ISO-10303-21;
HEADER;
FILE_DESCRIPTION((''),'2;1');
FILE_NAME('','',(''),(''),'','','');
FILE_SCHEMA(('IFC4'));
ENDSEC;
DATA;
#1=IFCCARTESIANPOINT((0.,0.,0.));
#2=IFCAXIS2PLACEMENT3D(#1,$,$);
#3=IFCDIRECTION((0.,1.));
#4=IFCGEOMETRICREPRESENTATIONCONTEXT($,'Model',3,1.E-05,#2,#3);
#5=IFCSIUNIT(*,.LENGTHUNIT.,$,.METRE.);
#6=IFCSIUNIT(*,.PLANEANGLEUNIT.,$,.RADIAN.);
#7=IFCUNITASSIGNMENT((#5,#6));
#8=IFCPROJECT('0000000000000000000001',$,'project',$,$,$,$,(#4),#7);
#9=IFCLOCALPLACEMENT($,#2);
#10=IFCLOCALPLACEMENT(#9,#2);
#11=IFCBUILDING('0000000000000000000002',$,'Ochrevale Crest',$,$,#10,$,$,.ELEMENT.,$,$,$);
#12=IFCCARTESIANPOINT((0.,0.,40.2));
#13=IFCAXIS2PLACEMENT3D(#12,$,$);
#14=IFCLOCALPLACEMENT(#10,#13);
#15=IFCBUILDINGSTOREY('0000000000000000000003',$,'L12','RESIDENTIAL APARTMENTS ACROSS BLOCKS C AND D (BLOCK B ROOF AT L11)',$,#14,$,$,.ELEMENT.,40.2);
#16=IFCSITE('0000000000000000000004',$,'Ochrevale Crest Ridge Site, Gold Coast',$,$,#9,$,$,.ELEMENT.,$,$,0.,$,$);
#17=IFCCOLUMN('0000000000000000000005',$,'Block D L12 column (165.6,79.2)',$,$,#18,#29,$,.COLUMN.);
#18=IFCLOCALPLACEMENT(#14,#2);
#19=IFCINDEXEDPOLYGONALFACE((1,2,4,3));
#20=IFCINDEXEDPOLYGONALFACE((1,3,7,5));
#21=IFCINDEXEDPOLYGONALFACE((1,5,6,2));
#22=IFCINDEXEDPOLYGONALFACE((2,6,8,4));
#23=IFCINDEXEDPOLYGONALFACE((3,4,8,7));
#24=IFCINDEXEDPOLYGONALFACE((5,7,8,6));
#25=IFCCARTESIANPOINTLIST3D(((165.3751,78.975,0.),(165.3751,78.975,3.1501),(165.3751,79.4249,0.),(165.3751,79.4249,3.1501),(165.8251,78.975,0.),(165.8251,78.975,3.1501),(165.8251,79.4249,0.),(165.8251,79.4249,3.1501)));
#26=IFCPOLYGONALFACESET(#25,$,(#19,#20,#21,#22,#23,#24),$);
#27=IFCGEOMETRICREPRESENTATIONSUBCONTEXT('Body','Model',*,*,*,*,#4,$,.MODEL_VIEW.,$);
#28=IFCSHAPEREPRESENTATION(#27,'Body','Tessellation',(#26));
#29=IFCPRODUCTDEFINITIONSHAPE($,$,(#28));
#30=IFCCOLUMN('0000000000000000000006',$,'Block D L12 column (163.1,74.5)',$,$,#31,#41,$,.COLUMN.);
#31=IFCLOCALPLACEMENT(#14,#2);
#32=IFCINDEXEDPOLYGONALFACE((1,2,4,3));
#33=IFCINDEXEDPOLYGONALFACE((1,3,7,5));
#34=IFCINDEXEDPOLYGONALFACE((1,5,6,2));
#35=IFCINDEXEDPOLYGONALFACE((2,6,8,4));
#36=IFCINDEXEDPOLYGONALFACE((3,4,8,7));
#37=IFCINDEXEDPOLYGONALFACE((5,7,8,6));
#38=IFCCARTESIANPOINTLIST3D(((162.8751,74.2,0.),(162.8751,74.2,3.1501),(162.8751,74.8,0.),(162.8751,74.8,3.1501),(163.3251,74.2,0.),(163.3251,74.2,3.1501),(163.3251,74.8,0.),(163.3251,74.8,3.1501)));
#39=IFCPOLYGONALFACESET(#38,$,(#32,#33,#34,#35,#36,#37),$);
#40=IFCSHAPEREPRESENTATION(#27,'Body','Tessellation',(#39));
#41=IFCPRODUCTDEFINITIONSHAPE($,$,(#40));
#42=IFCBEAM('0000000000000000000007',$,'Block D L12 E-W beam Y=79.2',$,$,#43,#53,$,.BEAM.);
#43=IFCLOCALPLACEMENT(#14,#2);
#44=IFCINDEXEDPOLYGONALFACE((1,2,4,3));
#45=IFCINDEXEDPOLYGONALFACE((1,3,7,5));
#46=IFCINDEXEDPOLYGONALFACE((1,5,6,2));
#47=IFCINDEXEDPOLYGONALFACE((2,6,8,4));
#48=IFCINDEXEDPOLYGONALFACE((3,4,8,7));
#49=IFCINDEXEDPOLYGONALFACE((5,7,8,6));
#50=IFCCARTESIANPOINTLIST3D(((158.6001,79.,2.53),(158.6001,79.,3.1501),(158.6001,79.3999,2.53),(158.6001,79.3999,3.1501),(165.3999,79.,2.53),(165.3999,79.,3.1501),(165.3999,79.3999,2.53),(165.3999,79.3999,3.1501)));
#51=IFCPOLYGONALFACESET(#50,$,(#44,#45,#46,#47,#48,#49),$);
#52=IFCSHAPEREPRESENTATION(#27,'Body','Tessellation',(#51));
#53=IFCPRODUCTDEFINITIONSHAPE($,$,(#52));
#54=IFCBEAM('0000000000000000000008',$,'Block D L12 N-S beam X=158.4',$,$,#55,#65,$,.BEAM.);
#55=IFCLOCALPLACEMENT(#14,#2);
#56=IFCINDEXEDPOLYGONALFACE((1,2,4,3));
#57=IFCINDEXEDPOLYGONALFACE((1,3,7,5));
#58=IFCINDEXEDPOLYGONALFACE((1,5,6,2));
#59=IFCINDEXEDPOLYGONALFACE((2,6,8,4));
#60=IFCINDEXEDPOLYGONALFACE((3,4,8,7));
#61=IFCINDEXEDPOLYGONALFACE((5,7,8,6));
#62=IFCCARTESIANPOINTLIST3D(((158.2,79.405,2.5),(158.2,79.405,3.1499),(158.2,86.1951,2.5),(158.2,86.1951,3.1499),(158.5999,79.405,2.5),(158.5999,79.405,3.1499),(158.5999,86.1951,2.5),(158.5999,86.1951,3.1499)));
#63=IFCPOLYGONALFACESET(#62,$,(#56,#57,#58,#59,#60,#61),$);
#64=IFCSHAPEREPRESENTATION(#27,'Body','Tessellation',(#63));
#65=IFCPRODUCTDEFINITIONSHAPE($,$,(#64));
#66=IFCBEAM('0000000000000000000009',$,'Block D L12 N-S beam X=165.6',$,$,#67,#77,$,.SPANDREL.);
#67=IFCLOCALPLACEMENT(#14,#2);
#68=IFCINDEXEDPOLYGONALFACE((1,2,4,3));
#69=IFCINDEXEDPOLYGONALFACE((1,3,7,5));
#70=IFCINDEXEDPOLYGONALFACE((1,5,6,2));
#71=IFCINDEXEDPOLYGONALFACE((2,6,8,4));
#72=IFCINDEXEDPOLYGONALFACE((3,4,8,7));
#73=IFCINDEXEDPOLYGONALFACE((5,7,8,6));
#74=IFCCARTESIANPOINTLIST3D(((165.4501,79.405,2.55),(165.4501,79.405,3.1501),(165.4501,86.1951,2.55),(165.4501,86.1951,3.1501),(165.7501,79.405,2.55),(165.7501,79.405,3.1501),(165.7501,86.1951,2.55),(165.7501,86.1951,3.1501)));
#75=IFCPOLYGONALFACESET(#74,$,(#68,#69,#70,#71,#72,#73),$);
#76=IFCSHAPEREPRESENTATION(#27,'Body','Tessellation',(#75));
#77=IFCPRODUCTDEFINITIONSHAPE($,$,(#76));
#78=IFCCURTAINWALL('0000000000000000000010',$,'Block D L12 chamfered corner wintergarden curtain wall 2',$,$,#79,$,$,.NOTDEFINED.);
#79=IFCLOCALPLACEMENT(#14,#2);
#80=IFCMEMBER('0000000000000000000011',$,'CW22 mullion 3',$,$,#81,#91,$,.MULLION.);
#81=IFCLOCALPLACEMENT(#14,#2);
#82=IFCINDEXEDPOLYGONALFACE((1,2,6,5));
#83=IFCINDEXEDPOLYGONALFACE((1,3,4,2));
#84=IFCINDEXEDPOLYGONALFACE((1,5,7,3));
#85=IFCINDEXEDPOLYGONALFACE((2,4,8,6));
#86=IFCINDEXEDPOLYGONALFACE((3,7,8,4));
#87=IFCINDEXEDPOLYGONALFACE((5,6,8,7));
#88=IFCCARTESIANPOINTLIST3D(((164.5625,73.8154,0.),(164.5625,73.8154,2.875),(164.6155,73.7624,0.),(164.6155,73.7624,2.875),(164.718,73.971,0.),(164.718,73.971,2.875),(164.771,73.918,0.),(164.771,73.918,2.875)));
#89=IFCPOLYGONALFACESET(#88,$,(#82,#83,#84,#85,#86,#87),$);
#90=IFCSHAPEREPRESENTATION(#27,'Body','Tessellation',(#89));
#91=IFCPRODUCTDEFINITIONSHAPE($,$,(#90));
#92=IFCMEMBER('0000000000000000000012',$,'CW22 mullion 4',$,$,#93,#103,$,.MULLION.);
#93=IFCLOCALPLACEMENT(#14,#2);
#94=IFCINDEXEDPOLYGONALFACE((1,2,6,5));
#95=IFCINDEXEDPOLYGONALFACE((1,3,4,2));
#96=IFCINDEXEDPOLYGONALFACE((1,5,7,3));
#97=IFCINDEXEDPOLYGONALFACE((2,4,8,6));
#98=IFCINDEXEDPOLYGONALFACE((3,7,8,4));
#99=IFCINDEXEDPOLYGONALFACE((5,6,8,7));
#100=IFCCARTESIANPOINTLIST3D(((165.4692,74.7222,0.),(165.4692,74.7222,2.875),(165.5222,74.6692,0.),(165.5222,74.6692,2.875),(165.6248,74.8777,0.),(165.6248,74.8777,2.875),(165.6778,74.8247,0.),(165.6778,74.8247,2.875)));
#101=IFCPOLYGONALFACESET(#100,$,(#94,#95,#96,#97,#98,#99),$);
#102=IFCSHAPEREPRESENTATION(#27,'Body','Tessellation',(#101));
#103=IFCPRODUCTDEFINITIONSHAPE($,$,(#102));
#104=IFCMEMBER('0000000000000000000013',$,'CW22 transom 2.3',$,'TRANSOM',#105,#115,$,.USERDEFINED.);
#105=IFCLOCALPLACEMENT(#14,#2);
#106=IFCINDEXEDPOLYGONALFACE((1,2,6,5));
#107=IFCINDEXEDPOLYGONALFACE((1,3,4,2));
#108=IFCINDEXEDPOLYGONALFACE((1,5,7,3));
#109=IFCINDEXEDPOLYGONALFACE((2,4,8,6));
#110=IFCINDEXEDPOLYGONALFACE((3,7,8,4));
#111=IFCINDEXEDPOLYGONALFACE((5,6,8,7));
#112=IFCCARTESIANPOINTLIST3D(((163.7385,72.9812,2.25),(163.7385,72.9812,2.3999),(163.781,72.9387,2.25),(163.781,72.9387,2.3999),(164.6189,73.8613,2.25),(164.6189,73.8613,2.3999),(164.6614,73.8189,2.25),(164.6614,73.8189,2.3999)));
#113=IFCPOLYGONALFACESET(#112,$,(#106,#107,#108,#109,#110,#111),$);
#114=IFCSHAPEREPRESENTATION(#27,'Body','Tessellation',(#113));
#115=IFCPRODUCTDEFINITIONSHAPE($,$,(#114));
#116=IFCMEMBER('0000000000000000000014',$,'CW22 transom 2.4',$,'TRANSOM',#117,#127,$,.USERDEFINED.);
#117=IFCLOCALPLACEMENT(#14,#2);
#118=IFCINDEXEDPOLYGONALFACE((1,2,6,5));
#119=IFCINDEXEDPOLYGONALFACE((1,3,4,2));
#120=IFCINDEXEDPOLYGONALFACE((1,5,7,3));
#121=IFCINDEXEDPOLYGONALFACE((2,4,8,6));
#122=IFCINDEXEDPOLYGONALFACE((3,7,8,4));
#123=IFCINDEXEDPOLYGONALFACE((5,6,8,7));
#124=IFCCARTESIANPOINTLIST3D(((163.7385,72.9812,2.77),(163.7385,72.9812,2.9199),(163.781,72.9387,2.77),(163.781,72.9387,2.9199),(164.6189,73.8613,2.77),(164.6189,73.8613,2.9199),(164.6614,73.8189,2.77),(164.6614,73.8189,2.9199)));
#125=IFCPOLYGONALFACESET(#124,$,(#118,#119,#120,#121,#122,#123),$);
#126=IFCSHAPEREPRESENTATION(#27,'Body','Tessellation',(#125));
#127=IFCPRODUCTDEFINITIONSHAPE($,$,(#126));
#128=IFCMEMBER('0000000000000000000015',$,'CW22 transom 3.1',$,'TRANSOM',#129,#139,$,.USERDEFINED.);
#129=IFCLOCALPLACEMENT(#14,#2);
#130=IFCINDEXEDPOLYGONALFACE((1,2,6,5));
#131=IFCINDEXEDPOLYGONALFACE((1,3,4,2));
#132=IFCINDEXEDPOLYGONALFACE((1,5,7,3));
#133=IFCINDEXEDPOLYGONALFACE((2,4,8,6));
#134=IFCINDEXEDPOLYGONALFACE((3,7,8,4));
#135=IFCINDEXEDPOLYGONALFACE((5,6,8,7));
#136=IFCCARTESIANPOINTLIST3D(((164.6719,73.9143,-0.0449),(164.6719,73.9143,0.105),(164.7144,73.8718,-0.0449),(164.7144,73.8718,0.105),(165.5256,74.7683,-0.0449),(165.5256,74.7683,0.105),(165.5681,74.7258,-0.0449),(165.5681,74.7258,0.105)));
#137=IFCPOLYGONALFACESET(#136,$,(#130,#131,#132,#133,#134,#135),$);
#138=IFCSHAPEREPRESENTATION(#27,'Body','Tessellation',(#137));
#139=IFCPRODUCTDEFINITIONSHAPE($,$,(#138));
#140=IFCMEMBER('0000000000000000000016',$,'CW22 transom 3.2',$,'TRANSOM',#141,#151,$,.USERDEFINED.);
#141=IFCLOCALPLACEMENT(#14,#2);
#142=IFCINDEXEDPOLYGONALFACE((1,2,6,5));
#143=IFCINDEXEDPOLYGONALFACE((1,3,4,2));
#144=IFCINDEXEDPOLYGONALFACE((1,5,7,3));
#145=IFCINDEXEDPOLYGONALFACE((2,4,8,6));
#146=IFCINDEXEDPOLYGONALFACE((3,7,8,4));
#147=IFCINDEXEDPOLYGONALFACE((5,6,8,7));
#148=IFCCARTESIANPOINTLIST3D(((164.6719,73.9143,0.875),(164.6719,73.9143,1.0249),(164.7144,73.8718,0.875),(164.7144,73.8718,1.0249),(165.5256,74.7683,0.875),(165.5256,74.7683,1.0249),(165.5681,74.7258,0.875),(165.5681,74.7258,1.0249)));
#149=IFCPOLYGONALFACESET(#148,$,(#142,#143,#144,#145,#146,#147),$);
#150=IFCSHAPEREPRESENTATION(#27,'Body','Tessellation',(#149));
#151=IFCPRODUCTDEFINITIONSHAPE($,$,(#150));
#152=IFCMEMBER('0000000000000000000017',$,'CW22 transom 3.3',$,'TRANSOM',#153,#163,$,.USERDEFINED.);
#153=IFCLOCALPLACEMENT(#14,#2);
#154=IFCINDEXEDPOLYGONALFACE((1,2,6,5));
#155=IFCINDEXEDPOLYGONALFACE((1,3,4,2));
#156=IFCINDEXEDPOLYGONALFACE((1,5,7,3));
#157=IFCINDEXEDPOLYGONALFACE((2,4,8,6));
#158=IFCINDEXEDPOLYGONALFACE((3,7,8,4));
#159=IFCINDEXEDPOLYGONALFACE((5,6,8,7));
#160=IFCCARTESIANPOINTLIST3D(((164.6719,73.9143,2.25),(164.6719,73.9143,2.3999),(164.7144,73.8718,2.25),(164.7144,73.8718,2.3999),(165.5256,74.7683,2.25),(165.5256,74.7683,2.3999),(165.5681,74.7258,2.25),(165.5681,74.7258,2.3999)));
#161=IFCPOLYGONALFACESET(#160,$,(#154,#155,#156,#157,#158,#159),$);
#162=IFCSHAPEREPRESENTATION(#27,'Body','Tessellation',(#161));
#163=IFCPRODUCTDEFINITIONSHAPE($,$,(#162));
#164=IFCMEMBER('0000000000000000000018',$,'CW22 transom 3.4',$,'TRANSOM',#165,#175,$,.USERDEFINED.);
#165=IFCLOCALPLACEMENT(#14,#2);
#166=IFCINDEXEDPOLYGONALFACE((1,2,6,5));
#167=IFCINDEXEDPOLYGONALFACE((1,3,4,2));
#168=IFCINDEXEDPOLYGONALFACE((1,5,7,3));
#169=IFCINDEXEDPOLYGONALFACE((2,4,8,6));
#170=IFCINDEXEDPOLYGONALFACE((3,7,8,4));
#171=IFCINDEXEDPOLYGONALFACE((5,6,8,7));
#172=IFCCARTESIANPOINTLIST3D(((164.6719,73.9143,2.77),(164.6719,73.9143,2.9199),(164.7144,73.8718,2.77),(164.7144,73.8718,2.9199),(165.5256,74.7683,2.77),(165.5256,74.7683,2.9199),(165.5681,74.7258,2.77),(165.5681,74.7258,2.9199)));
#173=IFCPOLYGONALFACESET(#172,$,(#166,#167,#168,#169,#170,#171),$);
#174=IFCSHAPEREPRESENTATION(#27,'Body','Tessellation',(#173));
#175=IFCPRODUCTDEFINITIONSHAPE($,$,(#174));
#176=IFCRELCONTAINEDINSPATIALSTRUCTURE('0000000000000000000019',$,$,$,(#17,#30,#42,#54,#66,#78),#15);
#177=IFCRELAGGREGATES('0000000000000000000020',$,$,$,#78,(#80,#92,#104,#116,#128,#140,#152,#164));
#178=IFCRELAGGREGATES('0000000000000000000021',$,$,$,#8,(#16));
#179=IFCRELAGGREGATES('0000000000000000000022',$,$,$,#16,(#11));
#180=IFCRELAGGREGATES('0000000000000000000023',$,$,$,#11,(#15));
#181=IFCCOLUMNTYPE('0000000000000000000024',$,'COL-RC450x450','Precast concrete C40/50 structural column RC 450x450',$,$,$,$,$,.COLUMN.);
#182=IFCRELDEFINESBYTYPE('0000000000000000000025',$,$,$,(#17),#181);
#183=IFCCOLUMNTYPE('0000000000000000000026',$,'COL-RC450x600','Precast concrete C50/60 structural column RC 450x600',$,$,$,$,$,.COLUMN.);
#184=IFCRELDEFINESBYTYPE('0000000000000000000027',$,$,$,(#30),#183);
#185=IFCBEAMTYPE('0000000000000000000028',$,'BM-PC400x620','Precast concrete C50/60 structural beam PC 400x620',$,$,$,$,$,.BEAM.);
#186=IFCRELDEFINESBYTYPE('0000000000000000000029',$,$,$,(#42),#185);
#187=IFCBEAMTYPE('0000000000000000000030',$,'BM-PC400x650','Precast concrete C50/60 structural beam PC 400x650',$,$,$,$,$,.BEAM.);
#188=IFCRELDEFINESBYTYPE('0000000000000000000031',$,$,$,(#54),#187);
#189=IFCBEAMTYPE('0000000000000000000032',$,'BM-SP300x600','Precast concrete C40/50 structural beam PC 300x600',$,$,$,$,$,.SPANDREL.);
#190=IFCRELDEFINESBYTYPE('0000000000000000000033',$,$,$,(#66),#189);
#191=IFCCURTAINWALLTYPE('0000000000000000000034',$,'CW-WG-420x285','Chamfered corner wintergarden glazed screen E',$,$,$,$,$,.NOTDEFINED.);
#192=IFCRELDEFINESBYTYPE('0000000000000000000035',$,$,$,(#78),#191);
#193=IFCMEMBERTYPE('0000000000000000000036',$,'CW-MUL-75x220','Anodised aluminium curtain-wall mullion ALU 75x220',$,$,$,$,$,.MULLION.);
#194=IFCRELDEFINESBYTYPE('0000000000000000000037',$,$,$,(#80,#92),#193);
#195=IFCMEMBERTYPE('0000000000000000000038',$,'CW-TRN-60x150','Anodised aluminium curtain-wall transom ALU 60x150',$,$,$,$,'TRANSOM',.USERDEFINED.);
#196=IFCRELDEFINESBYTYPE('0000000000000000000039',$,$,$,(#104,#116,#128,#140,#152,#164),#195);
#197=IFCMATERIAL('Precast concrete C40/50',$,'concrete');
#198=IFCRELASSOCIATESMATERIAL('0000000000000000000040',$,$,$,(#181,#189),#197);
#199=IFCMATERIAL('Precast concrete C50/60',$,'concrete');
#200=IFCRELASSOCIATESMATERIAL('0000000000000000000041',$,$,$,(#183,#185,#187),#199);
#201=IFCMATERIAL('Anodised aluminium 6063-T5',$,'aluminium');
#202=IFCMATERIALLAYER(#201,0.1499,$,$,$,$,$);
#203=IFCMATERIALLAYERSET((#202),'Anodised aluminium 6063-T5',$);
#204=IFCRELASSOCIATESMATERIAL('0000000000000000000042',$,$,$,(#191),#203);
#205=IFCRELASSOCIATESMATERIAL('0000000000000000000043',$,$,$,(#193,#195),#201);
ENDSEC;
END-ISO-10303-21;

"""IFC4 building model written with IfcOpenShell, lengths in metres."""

from ifc_helpers import new_model, si_unit, direction, frame, origin, origin_2d, place, context, subcontext, project, spatial, rectangle, extrude, material, layer, layer_set, material_profile, profile_set, type_object, element, aggregate, save


model = new_model("IFC4")

# Units and contexts
model_context = context("Model", 3, precision=1e-05, world=origin(), true_north=direction((0.0, 1.0)))
body_context = subcontext(model_context, "Body", "Model", "MODEL_VIEW")
ifc_project = project(units=[si_unit("LENGTHUNIT", "METRE"), si_unit("PLANEANGLEUNIT", "RADIAN")], contexts=[model_context])

# Site, building, storey
site_placement = place(None, origin())
site = spatial("IfcSite", under=ifc_project, at=site_placement, Name="Ochrevale Crest Ridge Site, Gold Coast", CompositionType="ELEMENT", RefElevation=0.0)
building_placement = place(site_placement, origin())
building = spatial("IfcBuilding", under=site, at=building_placement, Name="Ochrevale Crest", CompositionType="ELEMENT")
storey_placement = place(building_placement, frame((0.0, 0.0, 40.2)))
storey = spatial("IfcBuildingStorey", under=building, at=storey_placement, Name="L12", Description="RESIDENTIAL APARTMENTS ACROSS BLOCKS C AND D (BLOCK B ROOF AT L11)", CompositionType="ELEMENT", Elevation=40.2)

# Columns
ifc_material_1 = material(Name="Precast concrete C40/50", Category="concrete")
ifc_material_profile_1 = material_profile(ifc_material_1, rectangle(XDim=0.45, YDim=0.45, at=origin_2d()), Name="RC 450x450")
ifc_profile_set_1 = profile_set([ifc_material_profile_1], Name="Precast concrete C40/50")
column_type_1 = type_object("IfcColumnType", Name="COL-RC450x450", Description="Precast concrete C40/50 structural column RC 450x450", PredefinedType="COLUMN", material=ifc_profile_set_1)
column_1_placement = place(storey_placement, frame((165.6001, 79.2, 0.0), z_axis=(0.0, 0.0, 1.0), x_axis=(1.0, 0.0, 0.0)))
element("IfcColumn", 1, at=column_1_placement, inside=storey, type_object=column_type_1, Name="Block D L12 column (165.6,79.2)", PredefinedType="COLUMN", context=body_context, shape_type="SweptSolid", body=[
    extrude(rectangle(XDim=0.45, YDim=0.45, at=origin_2d()), origin(), (0.0, 0.0, 1.0), 3.1501),
])
ifc_material_2 = material(Name="Precast concrete C50/60", Category="concrete")
ifc_material_profile_2 = material_profile(ifc_material_2, rectangle(XDim=0.45, YDim=0.6001, at=origin_2d()), Name="RC 450x600")
ifc_profile_set_2 = profile_set([ifc_material_profile_2], Name="Precast concrete C50/60")
column_type_2 = type_object("IfcColumnType", Name="COL-RC450x600", Description="Precast concrete C50/60 structural column RC 450x600", PredefinedType="COLUMN", material=ifc_profile_set_2)
column_2_placement = place(storey_placement, frame((163.1001, 74.5, 0.0), z_axis=(0.0, 0.0, 1.0), x_axis=(1.0, 0.0, 0.0)))
element("IfcColumn", 2, at=column_2_placement, inside=storey, type_object=column_type_2, Name="Block D L12 column (163.1,74.5)", PredefinedType="COLUMN", context=body_context, shape_type="SweptSolid", body=[
    extrude(rectangle(XDim=0.45, YDim=0.6001, at=origin_2d()), origin(), (0.0, 0.0, 1.0), 3.1501),
])

# Beams
ifc_material_profile_3 = material_profile(ifc_material_2, rectangle(XDim=0.3999, YDim=0.6201, at=origin_2d()), Name="PC 400x620")
ifc_profile_set_3 = profile_set([ifc_material_profile_3], Name="Precast concrete C50/60")
beam_type_1 = type_object("IfcBeamType", Name="BM-PC400x620", Description="Precast concrete C50/60 structural beam PC 400x620", PredefinedType="BEAM", material=ifc_profile_set_3)
beam_1_placement = place(storey_placement, frame((158.6001, 79.2, 2.8401), z_axis=(1.0, 0.0, 0.0), x_axis=(0.0, 1.0, 0.0)))
element("IfcBeam", 3, at=beam_1_placement, inside=storey, type_object=beam_type_1, Name="Block D L12 E-W beam Y=79.2", PredefinedType="BEAM", context=body_context, shape_type="SweptSolid", body=[
    extrude(rectangle(XDim=0.3999, YDim=0.6201, at=origin_2d()), origin(), (0.0, 0.0, 1.0), 6.7998),
])
ifc_material_profile_4 = material_profile(ifc_material_2, rectangle(XDim=0.3999, YDim=0.6499, at=origin_2d()), Name="PC 400x650")
ifc_profile_set_4 = profile_set([ifc_material_profile_4], Name="Precast concrete C50/60")
beam_type_2 = type_object("IfcBeamType", Name="BM-PC400x650", Description="Precast concrete C50/60 structural beam PC 400x650", PredefinedType="BEAM", material=ifc_profile_set_4)
beam_2_placement = place(storey_placement, frame((158.3999, 79.405, 2.825), z_axis=(0.0, 1.0, 0.0), x_axis=(-1.0, 0.0, 0.0)))
element("IfcBeam", 4, at=beam_2_placement, inside=storey, type_object=beam_type_2, Name="Block D L12 N-S beam X=158.4", PredefinedType="BEAM", context=body_context, shape_type="SweptSolid", body=[
    extrude(rectangle(XDim=0.3999, YDim=0.6499, at=origin_2d()), origin(), (0.0, 0.0, 1.0), 6.79),
])
ifc_material_profile_5 = material_profile(ifc_material_1, rectangle(XDim=0.3, YDim=0.6001, at=origin_2d()), Name="PC 300x600")
ifc_profile_set_5 = profile_set([ifc_material_profile_5], Name="Precast concrete C40/50")
beam_type_3 = type_object("IfcBeamType", Name="BM-SP300x600", Description="Precast concrete C40/50 structural beam PC 300x600", PredefinedType="SPANDREL", material=ifc_profile_set_5)
beam_3_placement = place(storey_placement, frame((165.6001, 79.405, 2.8501), z_axis=(0.0, 1.0, 0.0), x_axis=(-1.0, 0.0, 0.0)))
element("IfcBeam", 5, at=beam_3_placement, inside=storey, type_object=beam_type_3, Name="Block D L12 N-S beam X=165.6", PredefinedType="SPANDREL", context=body_context, shape_type="SweptSolid", body=[
    extrude(rectangle(XDim=0.3, YDim=0.6001, at=origin_2d()), origin(), (0.0, 0.0, 1.0), 6.79),
])

# Curtain wall, members
ifc_material_3 = material(Name="Anodised aluminium 6063-T5", Category="aluminium")
ifc_layer_1 = layer(ifc_material_3, 0.1499)
ifc_layer_set_1 = layer_set([ifc_layer_1], Name="Anodised aluminium 6063-T5")
curtain_wall_type = type_object("IfcCurtainWallType", Name="CW-WG-420x285", Description="Chamfered corner wintergarden glazed screen E", PredefinedType="NOTDEFINED", material=ifc_layer_set_1)
curtain_wall_placement = place(storey_placement, origin())
curtain_wall = element("IfcCurtainWall", 6, at=curtain_wall_placement, inside=storey, type_object=curtain_wall_type, Name="Block D L12 chamfered corner wintergarden curtain wall 2", PredefinedType="NOTDEFINED")
ifc_material_profile_6 = material_profile(ifc_material_3, rectangle(XDim=0.075, YDim=0.22, at=origin_2d()), Name="ALU 75x220")
ifc_profile_set_6 = profile_set([ifc_material_profile_6], Name="Anodised aluminium 6063-T5")
member_type_1 = type_object("IfcMemberType", Name="CW-MUL-75x220", Description="Anodised aluminium curtain-wall mullion ALU 75x220", PredefinedType="MULLION", material=ifc_profile_set_6)
member_1_placement = place(storey_placement, frame((164.6667, 73.8667, 0.0), z_axis=(0.0, 0.0, 1.0), x_axis=(-0.707107, 0.707107, 0.0)))
member_1 = element("IfcMember", 7, at=member_1_placement, type_object=member_type_1, Name="CW22 mullion 3", PredefinedType="MULLION", context=body_context, shape_type="SweptSolid", body=[
    extrude(rectangle(XDim=0.075, YDim=0.22, at=origin_2d()), origin(), (0.0, 0.0, 1.0), 2.875),
])
member_2_placement = place(storey_placement, frame((165.5735, 74.7734, 0.0), z_axis=(0.0, 0.0, 1.0), x_axis=(-0.707107, 0.707107, 0.0)))
member_2 = element("IfcMember", 8, at=member_2_placement, type_object=member_type_1, Name="CW22 mullion 4", PredefinedType="MULLION", context=body_context, shape_type="SweptSolid", body=[
    extrude(rectangle(XDim=0.075, YDim=0.22, at=origin_2d()), origin(), (0.0, 0.0, 1.0), 2.875),
])
ifc_material_profile_7 = material_profile(ifc_material_3, rectangle(XDim=0.0601, YDim=0.1499, at=origin_2d()), Name="ALU 60x150")
ifc_profile_set_7 = profile_set([ifc_material_profile_7], Name="Anodised aluminium 6063-T5")
member_type_2 = type_object("IfcMemberType", Name="CW-TRN-60x150", Description="Anodised aluminium curtain-wall transom ALU 60x150", ElementType="TRANSOM", PredefinedType="USERDEFINED", material=ifc_profile_set_7)
member_3_placement = place(storey_placement, frame((163.7598, 72.96, 2.325), z_axis=(0.707205, 0.707009, 0.0), x_axis=(-0.707009, 0.707205, 0.0)))
member_3 = element("IfcMember", 9, at=member_3_placement, type_object=member_type_2, Name="CW22 transom 2.3", ObjectType="TRANSOM", PredefinedType="USERDEFINED", context=body_context, shape_type="SweptSolid", body=[
    extrude(rectangle(XDim=0.0601, YDim=0.1499, at=origin_2d()), origin(), (0.0, 0.0, 1.0), 1.2449),
])
member_4_placement = place(storey_placement, frame((163.7598, 72.96, 2.845), z_axis=(0.707205, 0.707009, 0.0), x_axis=(-0.707009, 0.707205, 0.0)))
member_4 = element("IfcMember", 10, at=member_4_placement, type_object=member_type_2, Name="CW22 transom 2.4", ObjectType="TRANSOM", PredefinedType="USERDEFINED", context=body_context, shape_type="SweptSolid", body=[
    extrude(rectangle(XDim=0.0601, YDim=0.1499, at=origin_2d()), origin(), (0.0, 0.0, 1.0), 1.2449),
])
member_5_placement = place(storey_placement, frame((164.6931, 73.8931, 0.03), z_axis=(0.707006, 0.707208, 0.0), x_axis=(-0.707208, 0.707006, 0.0)))
member_5 = element("IfcMember", 11, at=member_5_placement, type_object=member_type_2, Name="CW22 transom 3.1", ObjectType="TRANSOM", PredefinedType="USERDEFINED", context=body_context, shape_type="SweptSolid", body=[
    extrude(rectangle(XDim=0.0601, YDim=0.1499, at=origin_2d()), origin(), (0.0, 0.0, 1.0), 1.2075),
])
member_6_placement = place(storey_placement, frame((164.6931, 73.8931, 0.95), z_axis=(0.707006, 0.707208, 0.0), x_axis=(-0.707208, 0.707006, 0.0)))
member_6 = element("IfcMember", 12, at=member_6_placement, type_object=member_type_2, Name="CW22 transom 3.2", ObjectType="TRANSOM", PredefinedType="USERDEFINED", context=body_context, shape_type="SweptSolid", body=[
    extrude(rectangle(XDim=0.0601, YDim=0.1499, at=origin_2d()), origin(), (0.0, 0.0, 1.0), 1.2075),
])
member_7_placement = place(storey_placement, frame((164.6931, 73.8931, 2.325), z_axis=(0.707006, 0.707208, 0.0), x_axis=(-0.707208, 0.707006, 0.0)))
member_7 = element("IfcMember", 13, at=member_7_placement, type_object=member_type_2, Name="CW22 transom 3.3", ObjectType="TRANSOM", PredefinedType="USERDEFINED", context=body_context, shape_type="SweptSolid", body=[
    extrude(rectangle(XDim=0.0601, YDim=0.1499, at=origin_2d()), origin(), (0.0, 0.0, 1.0), 1.2075),
])
member_8_placement = place(storey_placement, frame((164.6931, 73.8931, 2.845), z_axis=(0.707006, 0.707208, 0.0), x_axis=(-0.707208, 0.707006, 0.0)))
member_8 = element("IfcMember", 14, at=member_8_placement, type_object=member_type_2, Name="CW22 transom 3.4", ObjectType="TRANSOM", PredefinedType="USERDEFINED", context=body_context, shape_type="SweptSolid", body=[
    extrude(rectangle(XDim=0.0601, YDim=0.1499, at=origin_2d()), origin(), (0.0, 0.0, 1.0), 1.2075),
])
aggregate(curtain_wall, [member_1, member_2, member_3, member_4, member_5, member_6, member_7, member_8])

save(model, "model.ifc")
